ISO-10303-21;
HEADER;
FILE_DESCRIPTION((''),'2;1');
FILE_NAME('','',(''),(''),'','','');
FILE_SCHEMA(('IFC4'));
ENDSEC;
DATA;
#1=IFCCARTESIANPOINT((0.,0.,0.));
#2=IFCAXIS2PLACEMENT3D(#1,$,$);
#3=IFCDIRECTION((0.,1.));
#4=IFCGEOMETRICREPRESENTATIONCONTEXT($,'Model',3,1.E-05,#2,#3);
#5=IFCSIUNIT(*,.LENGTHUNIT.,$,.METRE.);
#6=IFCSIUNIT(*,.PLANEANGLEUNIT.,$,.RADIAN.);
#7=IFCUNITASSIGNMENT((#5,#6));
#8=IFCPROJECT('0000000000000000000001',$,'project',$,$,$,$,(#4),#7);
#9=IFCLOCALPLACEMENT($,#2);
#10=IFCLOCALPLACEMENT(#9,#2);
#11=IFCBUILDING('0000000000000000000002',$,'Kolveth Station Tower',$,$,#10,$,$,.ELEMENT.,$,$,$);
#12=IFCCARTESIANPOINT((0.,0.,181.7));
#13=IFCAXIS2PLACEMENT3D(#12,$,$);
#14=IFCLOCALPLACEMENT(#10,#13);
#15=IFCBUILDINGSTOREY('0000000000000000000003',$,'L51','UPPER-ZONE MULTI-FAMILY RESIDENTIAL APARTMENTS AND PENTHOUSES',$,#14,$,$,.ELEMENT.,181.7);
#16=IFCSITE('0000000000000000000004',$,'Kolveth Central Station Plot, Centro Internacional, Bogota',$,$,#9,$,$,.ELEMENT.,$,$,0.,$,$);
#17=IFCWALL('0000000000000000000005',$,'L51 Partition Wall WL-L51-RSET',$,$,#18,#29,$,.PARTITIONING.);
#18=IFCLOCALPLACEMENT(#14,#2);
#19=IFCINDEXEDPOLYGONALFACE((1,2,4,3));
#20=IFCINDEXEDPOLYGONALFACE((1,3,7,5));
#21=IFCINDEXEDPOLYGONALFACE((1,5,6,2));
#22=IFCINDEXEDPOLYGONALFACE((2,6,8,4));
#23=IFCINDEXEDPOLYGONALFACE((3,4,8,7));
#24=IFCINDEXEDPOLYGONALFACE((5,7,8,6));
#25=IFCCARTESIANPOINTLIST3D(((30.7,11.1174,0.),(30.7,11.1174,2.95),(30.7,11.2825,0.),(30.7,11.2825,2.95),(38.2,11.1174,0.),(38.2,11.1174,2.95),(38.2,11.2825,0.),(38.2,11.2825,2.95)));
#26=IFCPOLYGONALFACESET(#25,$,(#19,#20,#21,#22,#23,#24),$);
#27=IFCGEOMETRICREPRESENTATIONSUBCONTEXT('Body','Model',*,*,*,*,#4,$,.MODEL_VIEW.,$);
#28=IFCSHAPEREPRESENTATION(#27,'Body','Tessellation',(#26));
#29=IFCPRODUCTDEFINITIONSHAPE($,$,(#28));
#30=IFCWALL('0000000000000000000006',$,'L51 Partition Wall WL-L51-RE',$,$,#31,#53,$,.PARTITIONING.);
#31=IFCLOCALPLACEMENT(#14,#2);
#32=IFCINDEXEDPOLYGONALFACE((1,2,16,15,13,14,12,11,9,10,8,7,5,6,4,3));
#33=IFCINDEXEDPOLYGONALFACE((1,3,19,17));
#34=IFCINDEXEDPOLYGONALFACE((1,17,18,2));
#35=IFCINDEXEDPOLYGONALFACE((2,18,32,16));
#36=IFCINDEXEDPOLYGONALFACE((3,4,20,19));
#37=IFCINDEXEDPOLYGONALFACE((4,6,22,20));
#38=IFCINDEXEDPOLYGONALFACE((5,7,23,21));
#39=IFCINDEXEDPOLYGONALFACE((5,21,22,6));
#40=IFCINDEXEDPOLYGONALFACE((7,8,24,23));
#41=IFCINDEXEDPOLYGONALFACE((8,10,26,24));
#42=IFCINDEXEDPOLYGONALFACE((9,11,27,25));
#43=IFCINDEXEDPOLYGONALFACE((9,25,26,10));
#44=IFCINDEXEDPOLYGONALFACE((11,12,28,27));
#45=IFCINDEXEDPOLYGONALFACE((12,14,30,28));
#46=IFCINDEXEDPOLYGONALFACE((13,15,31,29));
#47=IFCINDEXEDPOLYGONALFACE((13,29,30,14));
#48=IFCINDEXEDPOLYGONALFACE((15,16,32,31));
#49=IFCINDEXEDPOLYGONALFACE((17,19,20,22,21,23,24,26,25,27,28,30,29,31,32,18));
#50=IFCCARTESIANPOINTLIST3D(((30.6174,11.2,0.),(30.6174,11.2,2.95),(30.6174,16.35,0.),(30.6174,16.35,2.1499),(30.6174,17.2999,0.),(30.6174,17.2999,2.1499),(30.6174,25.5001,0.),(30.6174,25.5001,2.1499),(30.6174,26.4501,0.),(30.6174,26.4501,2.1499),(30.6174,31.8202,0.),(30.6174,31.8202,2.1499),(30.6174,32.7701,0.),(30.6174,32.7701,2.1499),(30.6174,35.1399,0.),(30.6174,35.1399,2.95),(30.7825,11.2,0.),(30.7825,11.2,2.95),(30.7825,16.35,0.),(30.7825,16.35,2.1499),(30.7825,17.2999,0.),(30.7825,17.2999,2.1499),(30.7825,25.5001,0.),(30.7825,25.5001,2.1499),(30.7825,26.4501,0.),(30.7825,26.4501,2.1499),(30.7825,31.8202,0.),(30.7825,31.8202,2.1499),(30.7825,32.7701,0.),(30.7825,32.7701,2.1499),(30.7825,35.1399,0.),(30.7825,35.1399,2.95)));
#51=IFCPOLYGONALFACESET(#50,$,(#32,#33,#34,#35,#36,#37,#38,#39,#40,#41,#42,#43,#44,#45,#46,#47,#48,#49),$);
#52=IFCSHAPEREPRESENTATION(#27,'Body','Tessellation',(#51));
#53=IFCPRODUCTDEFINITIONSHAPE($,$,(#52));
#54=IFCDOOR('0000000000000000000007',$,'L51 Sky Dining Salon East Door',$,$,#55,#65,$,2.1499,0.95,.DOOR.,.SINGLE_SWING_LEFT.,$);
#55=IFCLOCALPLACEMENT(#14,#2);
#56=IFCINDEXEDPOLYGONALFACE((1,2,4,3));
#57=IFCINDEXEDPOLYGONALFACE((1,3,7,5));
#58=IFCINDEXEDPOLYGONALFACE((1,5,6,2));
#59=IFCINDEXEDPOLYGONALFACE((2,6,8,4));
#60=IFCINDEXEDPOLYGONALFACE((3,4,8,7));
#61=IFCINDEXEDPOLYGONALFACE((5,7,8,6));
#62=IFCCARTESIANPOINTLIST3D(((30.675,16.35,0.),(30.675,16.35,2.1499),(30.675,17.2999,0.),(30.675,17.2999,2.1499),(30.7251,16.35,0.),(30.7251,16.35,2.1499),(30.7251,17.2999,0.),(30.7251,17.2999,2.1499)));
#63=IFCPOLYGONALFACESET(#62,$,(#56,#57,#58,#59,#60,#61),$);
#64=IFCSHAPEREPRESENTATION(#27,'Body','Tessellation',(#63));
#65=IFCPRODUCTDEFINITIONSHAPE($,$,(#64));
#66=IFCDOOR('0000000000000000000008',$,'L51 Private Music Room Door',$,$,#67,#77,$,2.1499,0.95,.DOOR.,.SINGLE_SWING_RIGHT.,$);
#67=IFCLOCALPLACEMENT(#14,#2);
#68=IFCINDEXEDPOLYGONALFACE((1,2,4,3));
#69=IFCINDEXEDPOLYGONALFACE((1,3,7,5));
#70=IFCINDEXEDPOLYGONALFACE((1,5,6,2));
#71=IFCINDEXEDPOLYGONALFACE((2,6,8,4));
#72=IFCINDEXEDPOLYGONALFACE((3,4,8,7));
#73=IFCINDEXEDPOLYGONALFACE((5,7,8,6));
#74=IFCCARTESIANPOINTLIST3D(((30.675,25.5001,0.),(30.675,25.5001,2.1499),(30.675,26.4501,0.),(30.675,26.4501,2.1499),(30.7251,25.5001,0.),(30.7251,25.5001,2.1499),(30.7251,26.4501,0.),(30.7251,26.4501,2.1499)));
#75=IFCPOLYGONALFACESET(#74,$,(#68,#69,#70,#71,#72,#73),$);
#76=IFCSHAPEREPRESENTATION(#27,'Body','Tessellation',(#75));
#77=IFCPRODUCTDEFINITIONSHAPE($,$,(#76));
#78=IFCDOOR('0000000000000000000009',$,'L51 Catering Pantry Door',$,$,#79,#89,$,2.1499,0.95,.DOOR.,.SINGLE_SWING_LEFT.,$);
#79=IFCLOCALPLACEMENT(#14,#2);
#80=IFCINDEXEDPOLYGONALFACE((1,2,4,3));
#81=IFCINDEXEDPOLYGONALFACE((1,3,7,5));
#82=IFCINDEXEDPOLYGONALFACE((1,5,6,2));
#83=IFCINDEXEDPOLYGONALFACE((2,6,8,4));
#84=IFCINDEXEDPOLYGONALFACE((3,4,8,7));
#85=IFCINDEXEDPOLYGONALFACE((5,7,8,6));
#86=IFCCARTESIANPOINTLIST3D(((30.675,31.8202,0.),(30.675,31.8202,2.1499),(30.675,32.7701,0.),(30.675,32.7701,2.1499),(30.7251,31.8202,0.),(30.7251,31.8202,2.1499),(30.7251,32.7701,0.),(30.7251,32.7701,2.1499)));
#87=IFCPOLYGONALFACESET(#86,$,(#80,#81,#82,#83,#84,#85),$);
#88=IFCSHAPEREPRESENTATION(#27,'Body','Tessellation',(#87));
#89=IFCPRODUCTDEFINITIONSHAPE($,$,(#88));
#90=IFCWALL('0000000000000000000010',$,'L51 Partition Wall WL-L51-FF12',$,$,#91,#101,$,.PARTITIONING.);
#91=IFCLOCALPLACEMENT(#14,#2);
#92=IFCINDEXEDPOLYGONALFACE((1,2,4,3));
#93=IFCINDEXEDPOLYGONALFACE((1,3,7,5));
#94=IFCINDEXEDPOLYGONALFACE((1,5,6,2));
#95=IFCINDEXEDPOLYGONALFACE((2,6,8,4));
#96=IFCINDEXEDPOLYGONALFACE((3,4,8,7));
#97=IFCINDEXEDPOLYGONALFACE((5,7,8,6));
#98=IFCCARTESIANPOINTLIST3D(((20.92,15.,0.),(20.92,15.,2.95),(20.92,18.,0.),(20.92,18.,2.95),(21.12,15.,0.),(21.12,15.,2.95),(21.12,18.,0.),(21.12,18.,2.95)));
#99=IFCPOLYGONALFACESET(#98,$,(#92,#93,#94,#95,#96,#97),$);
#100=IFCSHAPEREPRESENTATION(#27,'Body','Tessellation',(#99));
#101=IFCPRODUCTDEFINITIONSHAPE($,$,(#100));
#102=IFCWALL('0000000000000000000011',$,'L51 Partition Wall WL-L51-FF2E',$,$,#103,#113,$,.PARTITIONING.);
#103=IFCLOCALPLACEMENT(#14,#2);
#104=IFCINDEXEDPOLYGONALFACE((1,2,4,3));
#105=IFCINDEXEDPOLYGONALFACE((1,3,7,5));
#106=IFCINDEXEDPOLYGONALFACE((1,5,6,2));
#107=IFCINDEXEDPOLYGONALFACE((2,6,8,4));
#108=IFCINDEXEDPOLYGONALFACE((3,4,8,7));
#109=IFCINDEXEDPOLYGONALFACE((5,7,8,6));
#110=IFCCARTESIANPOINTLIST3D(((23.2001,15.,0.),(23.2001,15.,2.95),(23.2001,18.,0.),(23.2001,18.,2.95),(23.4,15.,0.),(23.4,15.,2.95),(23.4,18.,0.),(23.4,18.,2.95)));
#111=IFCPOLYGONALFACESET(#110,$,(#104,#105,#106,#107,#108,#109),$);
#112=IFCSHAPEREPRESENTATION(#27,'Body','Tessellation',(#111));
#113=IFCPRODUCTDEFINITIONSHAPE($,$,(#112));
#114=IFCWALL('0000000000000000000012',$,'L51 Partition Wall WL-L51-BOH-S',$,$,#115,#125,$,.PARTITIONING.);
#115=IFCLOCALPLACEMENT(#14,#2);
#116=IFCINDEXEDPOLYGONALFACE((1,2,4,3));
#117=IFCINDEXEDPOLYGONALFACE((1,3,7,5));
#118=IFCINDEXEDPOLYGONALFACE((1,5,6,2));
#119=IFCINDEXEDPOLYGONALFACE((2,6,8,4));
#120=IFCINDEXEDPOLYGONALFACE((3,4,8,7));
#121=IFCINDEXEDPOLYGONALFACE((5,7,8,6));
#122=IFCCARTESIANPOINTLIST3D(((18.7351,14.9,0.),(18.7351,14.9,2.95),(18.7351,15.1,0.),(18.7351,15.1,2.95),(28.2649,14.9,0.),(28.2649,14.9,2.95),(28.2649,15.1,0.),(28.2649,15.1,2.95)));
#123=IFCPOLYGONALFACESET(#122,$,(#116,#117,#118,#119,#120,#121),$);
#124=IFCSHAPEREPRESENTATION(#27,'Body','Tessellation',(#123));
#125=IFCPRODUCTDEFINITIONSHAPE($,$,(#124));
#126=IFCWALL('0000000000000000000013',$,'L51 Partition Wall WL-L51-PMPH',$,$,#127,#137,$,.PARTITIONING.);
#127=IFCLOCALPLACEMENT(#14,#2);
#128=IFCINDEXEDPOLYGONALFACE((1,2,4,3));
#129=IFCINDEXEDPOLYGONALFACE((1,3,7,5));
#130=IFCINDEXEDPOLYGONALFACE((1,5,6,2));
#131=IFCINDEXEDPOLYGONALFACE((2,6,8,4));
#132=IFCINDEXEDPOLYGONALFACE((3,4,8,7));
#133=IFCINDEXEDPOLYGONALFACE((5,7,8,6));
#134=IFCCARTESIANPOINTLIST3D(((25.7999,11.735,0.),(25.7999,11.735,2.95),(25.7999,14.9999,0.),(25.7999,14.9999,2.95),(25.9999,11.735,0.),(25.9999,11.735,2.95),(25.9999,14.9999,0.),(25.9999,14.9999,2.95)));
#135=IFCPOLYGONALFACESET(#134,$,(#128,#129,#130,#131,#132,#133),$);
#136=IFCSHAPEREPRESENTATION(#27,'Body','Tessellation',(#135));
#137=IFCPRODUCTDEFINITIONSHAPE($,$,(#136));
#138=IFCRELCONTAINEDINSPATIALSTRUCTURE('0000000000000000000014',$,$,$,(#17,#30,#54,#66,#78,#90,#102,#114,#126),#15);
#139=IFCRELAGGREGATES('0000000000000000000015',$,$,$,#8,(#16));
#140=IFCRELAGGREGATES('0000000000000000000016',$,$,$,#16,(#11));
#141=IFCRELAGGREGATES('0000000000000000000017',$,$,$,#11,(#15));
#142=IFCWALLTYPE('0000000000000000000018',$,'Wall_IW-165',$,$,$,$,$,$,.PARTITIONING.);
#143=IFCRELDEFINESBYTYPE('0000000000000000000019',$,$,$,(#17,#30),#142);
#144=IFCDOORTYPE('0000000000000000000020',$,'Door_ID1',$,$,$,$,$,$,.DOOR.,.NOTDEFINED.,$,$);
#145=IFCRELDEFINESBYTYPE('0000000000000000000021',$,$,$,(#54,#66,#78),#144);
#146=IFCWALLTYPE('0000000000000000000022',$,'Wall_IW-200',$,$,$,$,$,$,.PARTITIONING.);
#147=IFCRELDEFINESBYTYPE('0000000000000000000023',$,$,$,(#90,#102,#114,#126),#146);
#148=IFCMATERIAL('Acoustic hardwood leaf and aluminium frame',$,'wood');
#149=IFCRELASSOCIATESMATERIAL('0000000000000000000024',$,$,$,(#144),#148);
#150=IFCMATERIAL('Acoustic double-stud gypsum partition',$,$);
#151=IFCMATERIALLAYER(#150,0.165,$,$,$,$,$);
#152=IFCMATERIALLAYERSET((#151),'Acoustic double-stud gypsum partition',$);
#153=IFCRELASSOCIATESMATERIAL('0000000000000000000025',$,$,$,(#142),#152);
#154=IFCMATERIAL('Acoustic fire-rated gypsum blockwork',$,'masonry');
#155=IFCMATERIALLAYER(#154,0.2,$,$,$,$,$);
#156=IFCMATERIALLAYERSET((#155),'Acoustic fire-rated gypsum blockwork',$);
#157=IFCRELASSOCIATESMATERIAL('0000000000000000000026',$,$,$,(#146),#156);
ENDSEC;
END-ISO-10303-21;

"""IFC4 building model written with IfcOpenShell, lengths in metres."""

from ifc_helpers import new_model, si_unit, direction, frame, frame_2d, origin, place, context, subcontext, project, spatial, rectangle, extrude, material, layer, layer_set, type_object, element, fill, save


model = new_model("IFC4")

# Units and contexts
model_context = context("Model", 3, precision=1e-05, world=origin(), true_north=direction((0.0, 1.0)))
body_context = subcontext(model_context, "Body", "Model", "MODEL_VIEW")
ifc_project = project(units=[si_unit("LENGTHUNIT", "METRE"), si_unit("PLANEANGLEUNIT", "RADIAN")], contexts=[model_context])

# Site, building, storey
site_placement = place(None, origin())
site = spatial("IfcSite", under=ifc_project, at=site_placement, Name="Kolveth Central Station Plot, Centro Internacional, Bogota", CompositionType="ELEMENT", RefElevation=0.0)
building_placement = place(site_placement, origin())
building = spatial("IfcBuilding", under=site, at=building_placement, Name="Kolveth Station Tower", CompositionType="ELEMENT")
storey_placement = place(building_placement, frame((0.0, 0.0, 181.7)))
storey = spatial("IfcBuildingStorey", under=building, at=storey_placement, Name="L51", Description="UPPER-ZONE MULTI-FAMILY RESIDENTIAL APARTMENTS AND PENTHOUSES", CompositionType="ELEMENT", Elevation=181.7)

# Shared definitions
ifc_material_1 = material(Name="Acoustic hardwood leaf and aluminium frame", Category="wood")
door_type_1 = type_object("IfcDoorType", Name="Door_ID1", OperationType="NOTDEFINED", PredefinedType="DOOR", material=ifc_material_1)

# Wall
ifc_material_2 = material(Name="Acoustic double-stud gypsum partition")
ifc_layer_1 = layer(ifc_material_2, 0.165)
ifc_layer_set_1 = layer_set([ifc_layer_1], Name="Acoustic double-stud gypsum partition")
wall_type_1 = type_object("IfcWallType", Name="Wall_IW-165", PredefinedType="PARTITIONING", material=ifc_layer_set_1)
wall_1_placement = place(storey_placement, frame((30.7, 11.2, 0.0), z_axis=(0.0, 0.0, 1.0), x_axis=(1.0, 0.0, 0.0)))
element("IfcWall", 1, at=wall_1_placement, inside=storey, type_object=wall_type_1, Name="L51 Partition Wall WL-L51-RSET", PredefinedType="PARTITIONING", context=body_context, shape_type="SweptSolid", body=[
    extrude(rectangle(XDim=7.5, YDim=0.165, at=frame_2d((3.75, 0.0))), origin(), (0.0, 0.0, 1.0), 2.95),
])

# Wall, openings, doors
wall_2_placement = place(storey_placement, frame((30.7, 11.2, 0.0), z_axis=(0.0, 0.0, 1.0), x_axis=(0.0, 1.0, 0.0)))
wall_2 = element("IfcWall", 2, at=wall_2_placement, inside=storey, type_object=wall_type_1, Name="L51 Partition Wall WL-L51-RE", PredefinedType="PARTITIONING", context=body_context, shape_type="SweptSolid", body=[
    extrude(rectangle(XDim=23.9399, YDim=0.165, at=frame_2d((11.97, 0.0))), origin(), (0.0, 0.0, 1.0), 2.95),
])
opening_1_placement = place(wall_2_placement, frame((5.1499, 0.0, 0.0)))
opening_1 = element("IfcOpeningElement", 3, at=opening_1_placement, cuts=wall_2, PredefinedType="OPENING", context=body_context, shape_type="SweptSolid", body=[
    extrude(rectangle(XDim=0.95, YDim=2.1499, at=frame_2d((0.4751, 1.075))), frame((0.0, 0.0925, 0.0), z_axis=(0.0, -1.0, 0.0), x_axis=(1.0, 0.0, 0.0)), (0.0, 0.0, 1.0), 0.1851),
])
opening_2_placement = place(wall_2_placement, frame((14.3, 0.0, 0.0)))
opening_2 = element("IfcOpeningElement", 4, at=opening_2_placement, cuts=wall_2, PredefinedType="OPENING", context=body_context, shape_type="SweptSolid", body=[
    extrude(rectangle(XDim=0.95, YDim=2.1499, at=frame_2d((0.4751, 1.075))), frame((0.0, 0.0925, 0.0), z_axis=(0.0, -1.0, 0.0), x_axis=(1.0, 0.0, 0.0)), (0.0, 0.0, 1.0), 0.1851),
])
opening_3_placement = place(wall_2_placement, frame((20.6201, 0.0, 0.0)))
opening_3 = element("IfcOpeningElement", 5, at=opening_3_placement, cuts=wall_2, PredefinedType="OPENING", context=body_context, shape_type="SweptSolid", body=[
    extrude(rectangle(XDim=0.95, YDim=2.1499, at=frame_2d((0.4751, 1.075))), frame((0.0, 0.0925, 0.0), z_axis=(0.0, -1.0, 0.0), x_axis=(1.0, 0.0, 0.0)), (0.0, 0.0, 1.0), 0.1851),
])
door_1_placement = place(opening_1_placement, origin())
door_1 = element("IfcDoor", 6, at=door_1_placement, inside=storey, type_object=door_type_1, Name="L51 Sky Dining Salon East Door", OperationType="SINGLE_SWING_LEFT", OverallHeight=2.1499, OverallWidth=0.95, PredefinedType="DOOR", context=body_context, shape_type="SweptSolid", body=[
    extrude(rectangle(XDim=0.95, YDim=2.1499, at=frame_2d((0.4751, 1.075))), frame((0.0, 0.0249, 0.0), z_axis=(0.0, -1.0, 0.0), x_axis=(1.0, 0.0, 0.0)), (0.0, 0.0, 1.0), 0.05),
])
fill(opening_1, door_1)
door_2_placement = place(opening_2_placement, origin())
door_2 = element("IfcDoor", 7, at=door_2_placement, inside=storey, type_object=door_type_1, Name="L51 Private Music Room Door", OperationType="SINGLE_SWING_RIGHT", OverallHeight=2.1499, OverallWidth=0.95, PredefinedType="DOOR", context=body_context, shape_type="SweptSolid", body=[
    extrude(rectangle(XDim=0.95, YDim=2.1499, at=frame_2d((0.4751, 1.075))), frame((0.0, 0.0249, 0.0), z_axis=(0.0, -1.0, 0.0), x_axis=(1.0, 0.0, 0.0)), (0.0, 0.0, 1.0), 0.05),
])
fill(opening_2, door_2)
door_3_placement = place(opening_3_placement, origin())
door_3 = element("IfcDoor", 8, at=door_3_placement, inside=storey, type_object=door_type_1, Name="L51 Catering Pantry Door", OperationType="SINGLE_SWING_LEFT", OverallHeight=2.1499, OverallWidth=0.95, PredefinedType="DOOR", context=body_context, shape_type="SweptSolid", body=[
    extrude(rectangle(XDim=0.95, YDim=2.1499, at=frame_2d((0.4751, 1.075))), frame((0.0, 0.0249, 0.0), z_axis=(0.0, -1.0, 0.0), x_axis=(1.0, 0.0, 0.0)), (0.0, 0.0, 1.0), 0.05),
])
fill(opening_3, door_3)

# Walls
ifc_material_3 = material(Name="Acoustic fire-rated gypsum blockwork", Category="masonry")
ifc_layer_2 = layer(ifc_material_3, 0.2)
ifc_layer_set_2 = layer_set([ifc_layer_2], Name="Acoustic fire-rated gypsum blockwork")
wall_type_2 = type_object("IfcWallType", Name="Wall_IW-200", PredefinedType="PARTITIONING", material=ifc_layer_set_2)
for number, where, z_axis, x_axis, name in (
    (9, (21.02, 15.0, 0.0), (0.0, 0.0, 1.0), (0.0, 1.0, 0.0), "L51 Partition Wall WL-L51-FF12"),
    (10, (23.3, 15.0, 0.0), (0.0, 0.0, 1.0), (0.0, 1.0, 0.0), "L51 Partition Wall WL-L51-FF2E"),
):
    element("IfcWall", number, at=place(storey_placement, frame(where, z_axis=z_axis, x_axis=x_axis)), inside=storey, type_object=wall_type_2, Name=name, PredefinedType="PARTITIONING", context=body_context, shape_type="SweptSolid", body=[
        extrude(rectangle(XDim=3.0, YDim=0.2, at=frame_2d((1.5, 0.0))), origin(), (0.0, 0.0, 1.0), 2.95),
    ])
wall_3_placement = place(storey_placement, frame((18.7351, 15.0, 0.0), z_axis=(0.0, 0.0, 1.0), x_axis=(1.0, 0.0, 0.0)))
element("IfcWall", 11, at=wall_3_placement, inside=storey, type_object=wall_type_2, Name="L51 Partition Wall WL-L51-BOH-S", PredefinedType="PARTITIONING", context=body_context, shape_type="SweptSolid", body=[
    extrude(rectangle(XDim=9.5298, YDim=0.2, at=frame_2d((4.7649, 0.0))), origin(), (0.0, 0.0, 1.0), 2.95),
])
wall_4_placement = place(storey_placement, frame((25.8999, 11.7351, 0.0), z_axis=(0.0, 0.0, 1.0), x_axis=(0.0, 1.0, 0.0)))
element("IfcWall", 12, at=wall_4_placement, inside=storey, type_object=wall_type_2, Name="L51 Partition Wall WL-L51-PMPH", PredefinedType="PARTITIONING", context=body_context, shape_type="SweptSolid", body=[
    extrude(rectangle(XDim=3.2649, YDim=0.2, at=frame_2d((1.6323, 0.0))), origin(), (0.0, 0.0, 1.0), 2.95),
])

save(model, "model.ifc")
